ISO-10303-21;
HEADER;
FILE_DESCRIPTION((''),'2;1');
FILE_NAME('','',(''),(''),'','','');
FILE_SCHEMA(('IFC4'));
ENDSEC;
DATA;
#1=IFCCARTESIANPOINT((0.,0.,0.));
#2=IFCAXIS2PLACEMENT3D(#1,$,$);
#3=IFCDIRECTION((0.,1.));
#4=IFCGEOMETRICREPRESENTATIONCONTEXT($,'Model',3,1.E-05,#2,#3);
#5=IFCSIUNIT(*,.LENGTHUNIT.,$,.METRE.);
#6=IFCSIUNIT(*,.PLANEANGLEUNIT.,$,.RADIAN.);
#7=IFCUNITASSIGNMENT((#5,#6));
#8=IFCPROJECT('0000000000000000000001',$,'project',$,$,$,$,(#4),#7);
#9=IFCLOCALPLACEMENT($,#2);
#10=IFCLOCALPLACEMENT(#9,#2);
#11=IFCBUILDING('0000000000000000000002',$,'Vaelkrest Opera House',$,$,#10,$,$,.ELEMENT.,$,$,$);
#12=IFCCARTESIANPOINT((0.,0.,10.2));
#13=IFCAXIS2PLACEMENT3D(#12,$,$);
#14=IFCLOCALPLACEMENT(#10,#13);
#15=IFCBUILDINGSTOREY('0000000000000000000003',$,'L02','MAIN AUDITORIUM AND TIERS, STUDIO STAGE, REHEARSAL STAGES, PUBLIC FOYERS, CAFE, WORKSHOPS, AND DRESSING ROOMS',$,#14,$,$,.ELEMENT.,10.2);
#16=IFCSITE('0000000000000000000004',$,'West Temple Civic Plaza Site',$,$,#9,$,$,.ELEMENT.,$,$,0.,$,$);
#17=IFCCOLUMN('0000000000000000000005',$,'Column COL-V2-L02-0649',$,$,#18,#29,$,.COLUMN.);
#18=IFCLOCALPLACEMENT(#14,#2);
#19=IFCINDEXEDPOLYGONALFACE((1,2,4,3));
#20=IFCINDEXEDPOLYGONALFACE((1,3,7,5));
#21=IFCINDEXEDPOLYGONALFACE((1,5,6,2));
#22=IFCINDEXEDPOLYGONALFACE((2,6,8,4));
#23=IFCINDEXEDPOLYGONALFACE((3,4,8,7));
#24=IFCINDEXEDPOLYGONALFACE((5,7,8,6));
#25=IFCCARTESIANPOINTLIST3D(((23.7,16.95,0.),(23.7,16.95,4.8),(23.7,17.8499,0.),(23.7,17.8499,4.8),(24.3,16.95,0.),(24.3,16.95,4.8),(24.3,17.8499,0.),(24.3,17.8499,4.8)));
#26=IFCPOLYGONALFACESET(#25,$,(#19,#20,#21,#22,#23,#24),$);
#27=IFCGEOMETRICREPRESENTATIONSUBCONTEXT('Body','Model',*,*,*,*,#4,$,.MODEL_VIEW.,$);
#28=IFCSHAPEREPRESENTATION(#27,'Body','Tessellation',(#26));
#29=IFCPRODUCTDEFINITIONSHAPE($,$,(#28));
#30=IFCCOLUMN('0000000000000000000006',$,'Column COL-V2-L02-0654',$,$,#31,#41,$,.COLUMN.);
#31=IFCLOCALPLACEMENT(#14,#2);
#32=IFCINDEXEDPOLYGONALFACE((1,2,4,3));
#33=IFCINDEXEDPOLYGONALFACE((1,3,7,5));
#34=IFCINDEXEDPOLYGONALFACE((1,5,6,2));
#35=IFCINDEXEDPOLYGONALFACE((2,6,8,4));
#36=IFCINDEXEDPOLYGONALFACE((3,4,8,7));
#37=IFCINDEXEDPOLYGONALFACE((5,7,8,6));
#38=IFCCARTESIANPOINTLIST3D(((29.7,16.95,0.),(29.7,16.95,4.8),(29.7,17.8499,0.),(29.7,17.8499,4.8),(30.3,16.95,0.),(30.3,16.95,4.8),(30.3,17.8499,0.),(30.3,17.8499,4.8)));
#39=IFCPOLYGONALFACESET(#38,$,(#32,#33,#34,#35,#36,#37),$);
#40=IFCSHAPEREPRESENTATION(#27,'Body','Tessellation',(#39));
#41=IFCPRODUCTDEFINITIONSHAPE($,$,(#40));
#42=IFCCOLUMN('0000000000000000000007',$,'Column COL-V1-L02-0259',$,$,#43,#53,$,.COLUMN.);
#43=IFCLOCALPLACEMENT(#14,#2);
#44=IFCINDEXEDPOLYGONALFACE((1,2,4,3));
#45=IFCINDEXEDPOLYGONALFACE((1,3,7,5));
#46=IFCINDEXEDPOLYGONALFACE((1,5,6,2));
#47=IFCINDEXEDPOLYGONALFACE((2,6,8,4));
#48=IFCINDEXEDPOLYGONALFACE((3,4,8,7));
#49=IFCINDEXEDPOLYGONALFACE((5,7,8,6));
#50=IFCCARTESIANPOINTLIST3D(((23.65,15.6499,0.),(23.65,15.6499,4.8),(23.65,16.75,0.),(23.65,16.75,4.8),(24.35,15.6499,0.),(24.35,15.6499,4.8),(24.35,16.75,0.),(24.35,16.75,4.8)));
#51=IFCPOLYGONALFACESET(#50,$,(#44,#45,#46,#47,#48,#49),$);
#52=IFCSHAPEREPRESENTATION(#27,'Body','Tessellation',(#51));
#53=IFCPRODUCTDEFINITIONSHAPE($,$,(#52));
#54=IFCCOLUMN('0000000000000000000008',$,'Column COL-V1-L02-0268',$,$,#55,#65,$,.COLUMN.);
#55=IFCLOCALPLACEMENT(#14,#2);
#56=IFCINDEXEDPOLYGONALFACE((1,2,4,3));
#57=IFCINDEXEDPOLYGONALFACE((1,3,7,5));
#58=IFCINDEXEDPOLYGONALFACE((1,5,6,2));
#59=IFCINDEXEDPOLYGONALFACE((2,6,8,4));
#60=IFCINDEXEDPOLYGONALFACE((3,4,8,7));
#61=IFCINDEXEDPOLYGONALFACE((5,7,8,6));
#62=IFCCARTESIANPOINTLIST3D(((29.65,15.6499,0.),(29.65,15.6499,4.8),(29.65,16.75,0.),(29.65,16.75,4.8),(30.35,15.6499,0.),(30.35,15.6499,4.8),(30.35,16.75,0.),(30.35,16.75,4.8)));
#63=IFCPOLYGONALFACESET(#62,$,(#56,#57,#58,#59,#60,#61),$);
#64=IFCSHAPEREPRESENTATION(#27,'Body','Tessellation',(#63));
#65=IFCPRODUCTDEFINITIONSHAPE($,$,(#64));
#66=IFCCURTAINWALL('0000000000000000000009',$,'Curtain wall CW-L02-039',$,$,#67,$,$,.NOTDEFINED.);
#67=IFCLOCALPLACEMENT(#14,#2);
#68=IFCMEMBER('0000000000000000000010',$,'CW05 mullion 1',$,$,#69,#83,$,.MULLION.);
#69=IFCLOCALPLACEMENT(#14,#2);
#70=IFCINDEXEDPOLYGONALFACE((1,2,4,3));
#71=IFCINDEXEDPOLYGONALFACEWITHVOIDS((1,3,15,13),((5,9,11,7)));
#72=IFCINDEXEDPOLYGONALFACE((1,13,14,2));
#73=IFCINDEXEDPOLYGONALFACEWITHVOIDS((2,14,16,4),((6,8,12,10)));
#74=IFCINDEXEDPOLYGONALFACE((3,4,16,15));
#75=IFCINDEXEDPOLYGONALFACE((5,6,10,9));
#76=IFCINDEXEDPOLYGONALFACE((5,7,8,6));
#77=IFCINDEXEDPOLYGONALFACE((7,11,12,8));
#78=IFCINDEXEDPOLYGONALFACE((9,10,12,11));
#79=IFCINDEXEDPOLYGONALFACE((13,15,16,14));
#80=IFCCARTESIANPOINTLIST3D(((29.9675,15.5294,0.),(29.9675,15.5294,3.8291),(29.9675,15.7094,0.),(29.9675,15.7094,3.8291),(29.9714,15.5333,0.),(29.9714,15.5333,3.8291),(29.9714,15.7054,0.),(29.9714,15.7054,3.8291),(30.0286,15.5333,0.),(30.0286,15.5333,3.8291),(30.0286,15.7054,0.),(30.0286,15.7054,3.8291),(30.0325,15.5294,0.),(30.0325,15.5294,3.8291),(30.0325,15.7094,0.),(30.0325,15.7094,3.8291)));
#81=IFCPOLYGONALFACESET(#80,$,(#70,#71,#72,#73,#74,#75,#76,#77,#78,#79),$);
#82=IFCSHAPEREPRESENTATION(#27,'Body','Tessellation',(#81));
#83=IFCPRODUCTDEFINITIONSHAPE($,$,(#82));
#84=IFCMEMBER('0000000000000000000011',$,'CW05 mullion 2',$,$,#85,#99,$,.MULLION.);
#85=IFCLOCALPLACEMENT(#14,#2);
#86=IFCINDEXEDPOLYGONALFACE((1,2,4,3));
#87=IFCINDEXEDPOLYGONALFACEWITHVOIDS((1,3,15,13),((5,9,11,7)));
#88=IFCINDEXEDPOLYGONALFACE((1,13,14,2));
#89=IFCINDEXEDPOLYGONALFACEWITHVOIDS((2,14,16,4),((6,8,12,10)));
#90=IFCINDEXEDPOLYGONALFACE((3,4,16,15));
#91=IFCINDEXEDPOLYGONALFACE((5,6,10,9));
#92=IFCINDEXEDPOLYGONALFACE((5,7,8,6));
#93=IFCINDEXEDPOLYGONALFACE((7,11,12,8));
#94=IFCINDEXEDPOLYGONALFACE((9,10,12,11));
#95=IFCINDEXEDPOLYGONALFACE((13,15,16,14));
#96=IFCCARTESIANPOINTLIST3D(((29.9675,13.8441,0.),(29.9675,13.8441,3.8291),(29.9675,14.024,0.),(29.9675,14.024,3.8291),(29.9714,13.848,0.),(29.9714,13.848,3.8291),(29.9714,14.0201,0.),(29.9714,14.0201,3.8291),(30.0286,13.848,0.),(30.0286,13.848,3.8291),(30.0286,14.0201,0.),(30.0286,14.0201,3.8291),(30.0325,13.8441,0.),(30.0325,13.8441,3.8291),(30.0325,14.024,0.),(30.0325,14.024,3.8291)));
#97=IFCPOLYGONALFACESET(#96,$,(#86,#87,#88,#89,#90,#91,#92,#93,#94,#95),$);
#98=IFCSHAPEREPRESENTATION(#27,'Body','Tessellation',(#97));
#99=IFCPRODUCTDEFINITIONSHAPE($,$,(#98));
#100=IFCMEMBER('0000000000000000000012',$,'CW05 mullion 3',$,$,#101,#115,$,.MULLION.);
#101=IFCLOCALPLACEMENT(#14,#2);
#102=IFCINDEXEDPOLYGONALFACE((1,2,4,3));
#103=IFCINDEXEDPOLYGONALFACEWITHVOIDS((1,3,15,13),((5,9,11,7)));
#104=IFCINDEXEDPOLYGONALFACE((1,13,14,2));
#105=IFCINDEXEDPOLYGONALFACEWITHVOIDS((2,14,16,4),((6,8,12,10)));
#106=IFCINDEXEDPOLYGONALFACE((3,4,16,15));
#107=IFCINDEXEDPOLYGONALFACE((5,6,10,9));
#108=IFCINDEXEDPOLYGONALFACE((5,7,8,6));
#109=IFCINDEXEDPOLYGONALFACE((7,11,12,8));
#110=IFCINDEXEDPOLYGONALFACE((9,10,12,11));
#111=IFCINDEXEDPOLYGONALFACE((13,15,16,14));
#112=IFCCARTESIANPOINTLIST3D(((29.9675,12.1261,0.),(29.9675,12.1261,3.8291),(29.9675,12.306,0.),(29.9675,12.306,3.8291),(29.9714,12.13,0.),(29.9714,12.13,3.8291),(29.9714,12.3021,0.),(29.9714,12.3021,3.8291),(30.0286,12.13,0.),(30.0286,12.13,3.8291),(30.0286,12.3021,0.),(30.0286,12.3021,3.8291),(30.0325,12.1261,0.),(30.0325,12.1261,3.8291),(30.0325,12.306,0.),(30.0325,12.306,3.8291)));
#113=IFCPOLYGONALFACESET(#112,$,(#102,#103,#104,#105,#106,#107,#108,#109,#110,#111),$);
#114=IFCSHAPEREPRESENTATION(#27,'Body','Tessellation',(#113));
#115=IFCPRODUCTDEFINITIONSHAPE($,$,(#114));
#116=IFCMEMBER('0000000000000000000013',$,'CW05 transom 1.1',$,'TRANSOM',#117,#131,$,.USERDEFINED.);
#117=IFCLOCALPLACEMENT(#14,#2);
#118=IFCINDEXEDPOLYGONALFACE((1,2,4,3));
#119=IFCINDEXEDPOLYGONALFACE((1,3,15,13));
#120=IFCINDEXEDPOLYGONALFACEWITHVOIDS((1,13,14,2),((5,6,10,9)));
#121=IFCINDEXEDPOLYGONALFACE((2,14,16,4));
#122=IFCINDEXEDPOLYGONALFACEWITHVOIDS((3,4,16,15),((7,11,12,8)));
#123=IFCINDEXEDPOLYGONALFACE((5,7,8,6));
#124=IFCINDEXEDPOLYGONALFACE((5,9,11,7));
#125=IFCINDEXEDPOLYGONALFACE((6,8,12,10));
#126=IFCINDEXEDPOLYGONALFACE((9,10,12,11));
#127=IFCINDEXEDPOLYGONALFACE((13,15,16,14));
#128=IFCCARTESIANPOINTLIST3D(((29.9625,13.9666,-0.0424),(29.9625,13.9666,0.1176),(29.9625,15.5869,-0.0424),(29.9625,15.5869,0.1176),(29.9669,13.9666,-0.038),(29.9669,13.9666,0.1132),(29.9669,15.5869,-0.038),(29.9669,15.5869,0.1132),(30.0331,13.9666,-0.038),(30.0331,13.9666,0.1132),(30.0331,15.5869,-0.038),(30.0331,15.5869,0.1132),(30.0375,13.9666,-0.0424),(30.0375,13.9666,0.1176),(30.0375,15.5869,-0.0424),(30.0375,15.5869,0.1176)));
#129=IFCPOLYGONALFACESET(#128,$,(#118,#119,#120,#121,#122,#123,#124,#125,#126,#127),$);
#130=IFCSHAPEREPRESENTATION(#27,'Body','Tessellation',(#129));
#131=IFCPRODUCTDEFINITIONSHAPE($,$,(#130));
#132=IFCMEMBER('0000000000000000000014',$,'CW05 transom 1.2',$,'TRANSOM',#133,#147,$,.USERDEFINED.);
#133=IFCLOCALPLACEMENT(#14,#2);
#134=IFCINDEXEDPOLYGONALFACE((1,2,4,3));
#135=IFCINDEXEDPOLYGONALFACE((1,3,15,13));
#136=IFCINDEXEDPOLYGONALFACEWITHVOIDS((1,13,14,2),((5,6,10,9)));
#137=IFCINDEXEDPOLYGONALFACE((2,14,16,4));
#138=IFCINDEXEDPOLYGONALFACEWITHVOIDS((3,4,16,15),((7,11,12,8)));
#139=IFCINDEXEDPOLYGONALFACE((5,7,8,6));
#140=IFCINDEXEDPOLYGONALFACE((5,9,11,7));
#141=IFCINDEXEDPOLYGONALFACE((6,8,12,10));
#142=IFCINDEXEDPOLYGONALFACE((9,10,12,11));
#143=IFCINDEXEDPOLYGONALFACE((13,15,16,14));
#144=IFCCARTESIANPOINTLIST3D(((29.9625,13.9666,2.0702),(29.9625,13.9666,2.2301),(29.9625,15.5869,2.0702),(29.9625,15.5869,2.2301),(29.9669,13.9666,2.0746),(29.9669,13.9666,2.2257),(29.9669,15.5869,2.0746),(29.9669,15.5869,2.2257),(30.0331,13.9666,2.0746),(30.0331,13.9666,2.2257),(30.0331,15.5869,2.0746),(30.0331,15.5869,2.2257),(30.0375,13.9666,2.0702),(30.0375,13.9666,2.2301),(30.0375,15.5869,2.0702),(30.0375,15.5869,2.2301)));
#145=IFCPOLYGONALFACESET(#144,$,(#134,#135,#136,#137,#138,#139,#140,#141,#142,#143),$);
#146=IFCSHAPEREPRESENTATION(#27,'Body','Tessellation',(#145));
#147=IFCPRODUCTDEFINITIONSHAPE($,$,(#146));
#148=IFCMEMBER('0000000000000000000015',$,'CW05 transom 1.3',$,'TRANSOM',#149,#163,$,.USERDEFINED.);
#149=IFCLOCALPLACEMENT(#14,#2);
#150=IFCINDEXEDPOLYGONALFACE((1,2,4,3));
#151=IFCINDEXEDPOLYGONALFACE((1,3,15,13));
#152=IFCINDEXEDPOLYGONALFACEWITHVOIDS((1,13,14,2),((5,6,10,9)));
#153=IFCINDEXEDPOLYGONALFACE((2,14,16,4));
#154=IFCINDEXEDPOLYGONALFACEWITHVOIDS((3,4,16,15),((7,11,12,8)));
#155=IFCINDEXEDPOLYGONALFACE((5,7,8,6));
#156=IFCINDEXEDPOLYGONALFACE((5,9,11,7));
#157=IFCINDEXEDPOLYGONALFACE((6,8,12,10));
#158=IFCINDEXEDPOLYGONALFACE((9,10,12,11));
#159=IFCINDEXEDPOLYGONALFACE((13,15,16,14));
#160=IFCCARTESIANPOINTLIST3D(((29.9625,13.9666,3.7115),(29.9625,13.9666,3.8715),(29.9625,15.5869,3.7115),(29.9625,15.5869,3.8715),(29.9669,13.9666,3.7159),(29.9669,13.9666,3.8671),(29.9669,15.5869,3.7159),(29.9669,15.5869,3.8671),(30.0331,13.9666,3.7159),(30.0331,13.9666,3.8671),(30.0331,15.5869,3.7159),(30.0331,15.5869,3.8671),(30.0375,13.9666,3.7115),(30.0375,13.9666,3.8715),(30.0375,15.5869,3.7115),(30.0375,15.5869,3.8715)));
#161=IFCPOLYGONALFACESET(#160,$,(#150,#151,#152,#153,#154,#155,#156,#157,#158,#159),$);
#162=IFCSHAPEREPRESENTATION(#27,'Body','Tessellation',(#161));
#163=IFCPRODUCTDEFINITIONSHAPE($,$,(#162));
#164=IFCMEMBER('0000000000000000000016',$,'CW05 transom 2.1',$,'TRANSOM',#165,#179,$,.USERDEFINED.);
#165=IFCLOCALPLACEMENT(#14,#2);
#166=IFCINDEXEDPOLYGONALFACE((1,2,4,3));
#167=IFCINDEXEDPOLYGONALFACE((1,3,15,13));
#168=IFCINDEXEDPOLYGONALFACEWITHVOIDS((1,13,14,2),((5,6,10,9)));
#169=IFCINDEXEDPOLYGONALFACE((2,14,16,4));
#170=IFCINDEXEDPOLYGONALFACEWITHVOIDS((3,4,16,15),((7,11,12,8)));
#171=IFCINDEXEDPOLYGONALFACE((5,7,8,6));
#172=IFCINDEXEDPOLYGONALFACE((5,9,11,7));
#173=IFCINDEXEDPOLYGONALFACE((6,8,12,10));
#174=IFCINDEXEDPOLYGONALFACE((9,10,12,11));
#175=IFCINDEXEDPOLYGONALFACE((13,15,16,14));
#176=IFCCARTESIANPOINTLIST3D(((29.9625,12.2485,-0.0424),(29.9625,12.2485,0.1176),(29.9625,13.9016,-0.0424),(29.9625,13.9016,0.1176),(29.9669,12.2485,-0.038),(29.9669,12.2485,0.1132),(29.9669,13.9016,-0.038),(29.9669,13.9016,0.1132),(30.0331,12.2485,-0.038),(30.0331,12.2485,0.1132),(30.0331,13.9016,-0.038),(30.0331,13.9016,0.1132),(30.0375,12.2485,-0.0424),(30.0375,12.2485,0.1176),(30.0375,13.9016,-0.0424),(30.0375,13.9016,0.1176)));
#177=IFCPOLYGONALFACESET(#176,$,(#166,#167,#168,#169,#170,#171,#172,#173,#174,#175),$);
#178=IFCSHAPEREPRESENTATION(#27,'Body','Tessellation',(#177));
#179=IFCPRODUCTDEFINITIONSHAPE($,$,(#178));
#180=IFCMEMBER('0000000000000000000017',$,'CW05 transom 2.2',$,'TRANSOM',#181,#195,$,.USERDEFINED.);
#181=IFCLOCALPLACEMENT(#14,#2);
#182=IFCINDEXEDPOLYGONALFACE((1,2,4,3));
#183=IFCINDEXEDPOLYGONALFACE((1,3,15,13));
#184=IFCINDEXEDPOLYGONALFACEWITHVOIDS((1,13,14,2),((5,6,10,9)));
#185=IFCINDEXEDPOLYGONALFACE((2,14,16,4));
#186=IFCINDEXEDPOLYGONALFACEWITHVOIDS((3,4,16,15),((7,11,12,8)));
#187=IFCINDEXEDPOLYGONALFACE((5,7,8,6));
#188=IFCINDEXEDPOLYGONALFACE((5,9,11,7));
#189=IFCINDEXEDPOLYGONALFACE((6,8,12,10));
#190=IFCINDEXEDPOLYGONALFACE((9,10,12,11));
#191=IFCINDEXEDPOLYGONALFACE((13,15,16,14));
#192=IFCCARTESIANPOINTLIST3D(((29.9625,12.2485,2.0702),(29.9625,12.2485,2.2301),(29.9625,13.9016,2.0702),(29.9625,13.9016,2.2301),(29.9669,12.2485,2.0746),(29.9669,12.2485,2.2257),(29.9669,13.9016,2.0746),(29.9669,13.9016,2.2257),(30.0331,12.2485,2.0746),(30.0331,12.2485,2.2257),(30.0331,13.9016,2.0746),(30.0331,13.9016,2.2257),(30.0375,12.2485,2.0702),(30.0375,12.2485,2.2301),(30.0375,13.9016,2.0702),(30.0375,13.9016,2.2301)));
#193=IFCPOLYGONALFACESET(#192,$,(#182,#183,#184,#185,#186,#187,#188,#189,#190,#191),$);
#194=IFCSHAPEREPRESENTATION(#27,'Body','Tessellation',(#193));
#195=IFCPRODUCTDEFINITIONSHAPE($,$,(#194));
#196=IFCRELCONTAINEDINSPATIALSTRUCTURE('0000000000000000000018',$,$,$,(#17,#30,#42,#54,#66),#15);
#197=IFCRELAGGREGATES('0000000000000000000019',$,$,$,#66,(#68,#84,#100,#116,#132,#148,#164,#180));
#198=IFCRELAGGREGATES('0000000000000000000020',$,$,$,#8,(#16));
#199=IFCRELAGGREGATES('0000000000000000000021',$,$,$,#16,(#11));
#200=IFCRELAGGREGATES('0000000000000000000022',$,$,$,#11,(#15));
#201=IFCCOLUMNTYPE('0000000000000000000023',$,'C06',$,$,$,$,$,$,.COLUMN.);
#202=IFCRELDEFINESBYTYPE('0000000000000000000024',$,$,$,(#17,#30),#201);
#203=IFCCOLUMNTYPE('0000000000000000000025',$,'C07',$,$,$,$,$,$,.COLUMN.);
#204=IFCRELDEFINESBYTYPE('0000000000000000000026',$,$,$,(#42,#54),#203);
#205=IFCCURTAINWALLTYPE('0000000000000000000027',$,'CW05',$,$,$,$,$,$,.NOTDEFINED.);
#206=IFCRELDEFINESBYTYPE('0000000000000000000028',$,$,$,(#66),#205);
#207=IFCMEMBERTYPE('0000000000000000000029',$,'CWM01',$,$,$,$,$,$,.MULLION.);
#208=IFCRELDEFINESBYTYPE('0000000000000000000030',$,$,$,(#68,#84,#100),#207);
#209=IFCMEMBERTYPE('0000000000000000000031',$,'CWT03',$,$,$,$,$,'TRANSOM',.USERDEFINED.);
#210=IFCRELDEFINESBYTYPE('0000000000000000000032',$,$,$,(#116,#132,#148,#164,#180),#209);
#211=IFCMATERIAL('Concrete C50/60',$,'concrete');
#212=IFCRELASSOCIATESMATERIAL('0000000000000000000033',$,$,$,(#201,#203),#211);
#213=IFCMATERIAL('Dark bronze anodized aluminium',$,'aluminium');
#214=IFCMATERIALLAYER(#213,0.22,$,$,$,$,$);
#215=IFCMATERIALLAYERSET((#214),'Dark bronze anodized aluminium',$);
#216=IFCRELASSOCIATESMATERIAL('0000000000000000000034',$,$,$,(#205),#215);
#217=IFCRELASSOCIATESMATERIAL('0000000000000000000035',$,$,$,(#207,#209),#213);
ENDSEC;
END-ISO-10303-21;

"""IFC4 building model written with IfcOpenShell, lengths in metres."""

from ifc_helpers import new_model, si_unit, direction, frame, origin, origin_2d, place, context, subcontext, project, spatial, rectangle, hollow_rectangle, extrude, material, layer, layer_set, material_profile, profile_set, type_object, element, aggregate, save


model = new_model("IFC4")

# Units and contexts
model_context = context("Model", 3, precision=1e-05, world=origin(), true_north=direction((0.0, 1.0)))
body_context = subcontext(model_context, "Body", "Model", "MODEL_VIEW")
ifc_project = project(units=[si_unit("LENGTHUNIT", "METRE"), si_unit("PLANEANGLEUNIT", "RADIAN")], contexts=[model_context])

# Site, building, storey
site_placement = place(None, origin())
site = spatial("IfcSite", under=ifc_project, at=site_placement, Name="West Temple Civic Plaza Site", CompositionType="ELEMENT", RefElevation=0.0)
building_placement = place(site_placement, origin())
building = spatial("IfcBuilding", under=site, at=building_placement, Name="Vaelkrest Opera House", CompositionType="ELEMENT")
storey_placement = place(building_placement, frame((0.0, 0.0, 10.2)))
storey = spatial("IfcBuildingStorey", under=building, at=storey_placement, Name="L02", Description="MAIN AUDITORIUM AND TIERS, STUDIO STAGE, REHEARSAL STAGES, PUBLIC FOYERS, CAFE, WORKSHOPS, AND DRESSING ROOMS", CompositionType="ELEMENT", Elevation=10.2)

# Columns
ifc_material_1 = material(Name="Concrete C50/60", Category="concrete")
ifc_material_profile_1 = material_profile(ifc_material_1, rectangle(XDim=0.6001, YDim=0.8999, at=origin_2d()), Name="RC600X900")
ifc_profile_set_1 = profile_set([ifc_material_profile_1], Name="Concrete C50/60")
column_type_1 = type_object("IfcColumnType", Name="C06", PredefinedType="COLUMN", material=ifc_profile_set_1)
for number, where, z_axis, x_axis, name in (
    (1, (24.0, 17.3999, 0.0), (0.0, 0.0, 1.0), (1.0, 0.0, 0.0), "Column COL-V2-L02-0649"),
    (2, (30.0, 17.3999, 0.0), (0.0, 0.0, 1.0), (1.0, 0.0, 0.0), "Column COL-V2-L02-0654"),
):
    element("IfcColumn", number, at=place(storey_placement, frame(where, z_axis=z_axis, x_axis=x_axis)), inside=storey, type_object=column_type_1, Name=name, PredefinedType="COLUMN", context=body_context, shape_type="SweptSolid", body=[
        extrude(rectangle(XDim=0.6001, YDim=0.8999, at=origin_2d()), origin(), (0.0, 0.0, 1.0), 4.8),
    ])
ifc_material_profile_2 = material_profile(ifc_material_1, rectangle(XDim=0.7, YDim=1.1001, at=origin_2d()), Name="RC700X1100")
ifc_profile_set_2 = profile_set([ifc_material_profile_2], Name="Concrete C50/60")
column_type_2 = type_object("IfcColumnType", Name="C07", PredefinedType="COLUMN", material=ifc_profile_set_2)
for number, where, z_axis, x_axis, name in (
    (3, (24.0, 16.2, 0.0), (0.0, 0.0, 1.0), (1.0, 0.0, 0.0), "Column COL-V1-L02-0259"),
    (4, (30.0, 16.2, 0.0), (0.0, 0.0, 1.0), (1.0, 0.0, 0.0), "Column COL-V1-L02-0268"),
):
    element("IfcColumn", number, at=place(storey_placement, frame(where, z_axis=z_axis, x_axis=x_axis)), inside=storey, type_object=column_type_2, Name=name, PredefinedType="COLUMN", context=body_context, shape_type="SweptSolid", body=[
        extrude(rectangle(XDim=0.7, YDim=1.1001, at=origin_2d()), origin(), (0.0, 0.0, 1.0), 4.8),
    ])

# Curtain wall, members
ifc_material_2 = material(Name="Dark bronze anodized aluminium", Category="aluminium")
ifc_layer_1 = layer(ifc_material_2, 0.22)
ifc_layer_set_1 = layer_set([ifc_layer_1], Name="Dark bronze anodized aluminium")
curtain_wall_type = type_object("IfcCurtainWallType", Name="CW05", PredefinedType="NOTDEFINED", material=ifc_layer_set_1)
curtain_wall_placement = place(storey_placement, origin())
curtain_wall = element("IfcCurtainWall", 5, at=curtain_wall_placement, inside=storey, type_object=curtain_wall_type, Name="Curtain wall CW-L02-039", PredefinedType="NOTDEFINED")
ifc_material_profile_3 = material_profile(ifc_material_2, hollow_rectangle(XDim=0.0649, YDim=0.1799, WallThickness=0.0039, at=origin_2d()), Name="CWM65X180")
ifc_profile_set_3 = profile_set([ifc_material_profile_3], Name="Dark bronze anodized aluminium")
member_type_1 = type_object("IfcMemberType", Name="CWM01", PredefinedType="MULLION", material=ifc_profile_set_3)
member_1_placement = place(storey_placement, frame((30.0, 15.6194, 0.0), z_axis=(0.0, 0.0, 1.0), x_axis=(1.0, 0.0, 0.0)))
member_1 = element("IfcMember", 6, at=member_1_placement, type_object=member_type_1, Name="CW05 mullion 1", PredefinedType="MULLION", context=body_context, shape_type="SweptSolid", body=[
    extrude(hollow_rectangle(XDim=0.0649, YDim=0.1799, WallThickness=0.0039, at=origin_2d()), origin(), (0.0, 0.0, 1.0), 3.8291),
])
member_2_placement = place(storey_placement, frame((30.0, 13.9341, 0.0), z_axis=(0.0, 0.0, 1.0), x_axis=(1.0, 0.0, 0.0)))
member_2 = element("IfcMember", 7, at=member_2_placement, type_object=member_type_1, Name="CW05 mullion 2", PredefinedType="MULLION", context=body_context, shape_type="SweptSolid", body=[
    extrude(hollow_rectangle(XDim=0.0649, YDim=0.1799, WallThickness=0.0039, at=origin_2d()), origin(), (0.0, 0.0, 1.0), 3.8291),
])
member_3_placement = place(storey_placement, frame((30.0, 12.2161, 0.0), z_axis=(0.0, 0.0, 1.0), x_axis=(1.0, 0.0, 0.0)))
member_3 = element("IfcMember", 8, at=member_3_placement, type_object=member_type_1, Name="CW05 mullion 3", PredefinedType="MULLION", context=body_context, shape_type="SweptSolid", body=[
    extrude(hollow_rectangle(XDim=0.0649, YDim=0.1799, WallThickness=0.0039, at=origin_2d()), origin(), (0.0, 0.0, 1.0), 3.8291),
])
ifc_material_profile_4 = material_profile(ifc_material_2, hollow_rectangle(XDim=0.075, YDim=0.1599, WallThickness=0.0044, at=origin_2d()), Name="CWT75X160")
ifc_profile_set_4 = profile_set([ifc_material_profile_4], Name="Dark bronze anodized aluminium")
member_type_2 = type_object("IfcMemberType", Name="CWT03", ElementType="TRANSOM", PredefinedType="USERDEFINED", material=ifc_profile_set_4)
member_4_placement = place(storey_placement, frame((30.0, 15.5869, 0.0376), z_axis=(0.0, -1.0, 0.0), x_axis=(1.0, 0.0, 0.0)))
member_4 = element("IfcMember", 9, at=member_4_placement, type_object=member_type_2, Name="CW05 transom 1.1", ObjectType="TRANSOM", PredefinedType="USERDEFINED", context=body_context, shape_type="SweptSolid", body=[
    extrude(hollow_rectangle(XDim=0.075, YDim=0.1599, WallThickness=0.0044, at=origin_2d()), origin(), (0.0, 0.0, 1.0), 1.6204),
])
member_5_placement = place(storey_placement, frame((30.0, 15.5869, 2.1501), z_axis=(0.0, -1.0, 0.0), x_axis=(1.0, 0.0, 0.0)))
member_5 = element("IfcMember", 10, at=member_5_placement, type_object=member_type_2, Name="CW05 transom 1.2", ObjectType="TRANSOM", PredefinedType="USERDEFINED", context=body_context, shape_type="SweptSolid", body=[
    extrude(hollow_rectangle(XDim=0.075, YDim=0.1599, WallThickness=0.0044, at=origin_2d()), origin(), (0.0, 0.0, 1.0), 1.6204),
])
member_6_placement = place(storey_placement, frame((30.0, 15.5869, 3.7915), z_axis=(0.0, -1.0, 0.0), x_axis=(1.0, 0.0, 0.0)))
member_6 = element("IfcMember", 11, at=member_6_placement, type_object=member_type_2, Name="CW05 transom 1.3", ObjectType="TRANSOM", PredefinedType="USERDEFINED", context=body_context, shape_type="SweptSolid", body=[
    extrude(hollow_rectangle(XDim=0.075, YDim=0.1599, WallThickness=0.0044, at=origin_2d()), origin(), (0.0, 0.0, 1.0), 1.6204),
])
member_7_placement = place(storey_placement, frame((30.0, 13.9016, 0.0376), z_axis=(0.0, -1.0, 0.0), x_axis=(1.0, 0.0, 0.0)))
member_7 = element("IfcMember", 12, at=member_7_placement, type_object=member_type_2, Name="CW05 transom 2.1", ObjectType="TRANSOM", PredefinedType="USERDEFINED", context=body_context, shape_type="SweptSolid", body=[
    extrude(hollow_rectangle(XDim=0.075, YDim=0.1599, WallThickness=0.0044, at=origin_2d()), origin(), (0.0, 0.0, 1.0), 1.6531),
])
member_8_placement = place(storey_placement, frame((30.0, 13.9016, 2.1501), z_axis=(0.0, -1.0, 0.0), x_axis=(1.0, 0.0, 0.0)))
member_8 = element("IfcMember", 13, at=member_8_placement, type_object=member_type_2, Name="CW05 transom 2.2", ObjectType="TRANSOM", PredefinedType="USERDEFINED", context=body_context, shape_type="SweptSolid", body=[
    extrude(hollow_rectangle(XDim=0.075, YDim=0.1599, WallThickness=0.0044, at=origin_2d()), origin(), (0.0, 0.0, 1.0), 1.6531),
])

aggregate(curtain_wall, [member_1, member_2, member_3, member_4, member_5, member_6, member_7, member_8])

save(model, "model.ifc")
